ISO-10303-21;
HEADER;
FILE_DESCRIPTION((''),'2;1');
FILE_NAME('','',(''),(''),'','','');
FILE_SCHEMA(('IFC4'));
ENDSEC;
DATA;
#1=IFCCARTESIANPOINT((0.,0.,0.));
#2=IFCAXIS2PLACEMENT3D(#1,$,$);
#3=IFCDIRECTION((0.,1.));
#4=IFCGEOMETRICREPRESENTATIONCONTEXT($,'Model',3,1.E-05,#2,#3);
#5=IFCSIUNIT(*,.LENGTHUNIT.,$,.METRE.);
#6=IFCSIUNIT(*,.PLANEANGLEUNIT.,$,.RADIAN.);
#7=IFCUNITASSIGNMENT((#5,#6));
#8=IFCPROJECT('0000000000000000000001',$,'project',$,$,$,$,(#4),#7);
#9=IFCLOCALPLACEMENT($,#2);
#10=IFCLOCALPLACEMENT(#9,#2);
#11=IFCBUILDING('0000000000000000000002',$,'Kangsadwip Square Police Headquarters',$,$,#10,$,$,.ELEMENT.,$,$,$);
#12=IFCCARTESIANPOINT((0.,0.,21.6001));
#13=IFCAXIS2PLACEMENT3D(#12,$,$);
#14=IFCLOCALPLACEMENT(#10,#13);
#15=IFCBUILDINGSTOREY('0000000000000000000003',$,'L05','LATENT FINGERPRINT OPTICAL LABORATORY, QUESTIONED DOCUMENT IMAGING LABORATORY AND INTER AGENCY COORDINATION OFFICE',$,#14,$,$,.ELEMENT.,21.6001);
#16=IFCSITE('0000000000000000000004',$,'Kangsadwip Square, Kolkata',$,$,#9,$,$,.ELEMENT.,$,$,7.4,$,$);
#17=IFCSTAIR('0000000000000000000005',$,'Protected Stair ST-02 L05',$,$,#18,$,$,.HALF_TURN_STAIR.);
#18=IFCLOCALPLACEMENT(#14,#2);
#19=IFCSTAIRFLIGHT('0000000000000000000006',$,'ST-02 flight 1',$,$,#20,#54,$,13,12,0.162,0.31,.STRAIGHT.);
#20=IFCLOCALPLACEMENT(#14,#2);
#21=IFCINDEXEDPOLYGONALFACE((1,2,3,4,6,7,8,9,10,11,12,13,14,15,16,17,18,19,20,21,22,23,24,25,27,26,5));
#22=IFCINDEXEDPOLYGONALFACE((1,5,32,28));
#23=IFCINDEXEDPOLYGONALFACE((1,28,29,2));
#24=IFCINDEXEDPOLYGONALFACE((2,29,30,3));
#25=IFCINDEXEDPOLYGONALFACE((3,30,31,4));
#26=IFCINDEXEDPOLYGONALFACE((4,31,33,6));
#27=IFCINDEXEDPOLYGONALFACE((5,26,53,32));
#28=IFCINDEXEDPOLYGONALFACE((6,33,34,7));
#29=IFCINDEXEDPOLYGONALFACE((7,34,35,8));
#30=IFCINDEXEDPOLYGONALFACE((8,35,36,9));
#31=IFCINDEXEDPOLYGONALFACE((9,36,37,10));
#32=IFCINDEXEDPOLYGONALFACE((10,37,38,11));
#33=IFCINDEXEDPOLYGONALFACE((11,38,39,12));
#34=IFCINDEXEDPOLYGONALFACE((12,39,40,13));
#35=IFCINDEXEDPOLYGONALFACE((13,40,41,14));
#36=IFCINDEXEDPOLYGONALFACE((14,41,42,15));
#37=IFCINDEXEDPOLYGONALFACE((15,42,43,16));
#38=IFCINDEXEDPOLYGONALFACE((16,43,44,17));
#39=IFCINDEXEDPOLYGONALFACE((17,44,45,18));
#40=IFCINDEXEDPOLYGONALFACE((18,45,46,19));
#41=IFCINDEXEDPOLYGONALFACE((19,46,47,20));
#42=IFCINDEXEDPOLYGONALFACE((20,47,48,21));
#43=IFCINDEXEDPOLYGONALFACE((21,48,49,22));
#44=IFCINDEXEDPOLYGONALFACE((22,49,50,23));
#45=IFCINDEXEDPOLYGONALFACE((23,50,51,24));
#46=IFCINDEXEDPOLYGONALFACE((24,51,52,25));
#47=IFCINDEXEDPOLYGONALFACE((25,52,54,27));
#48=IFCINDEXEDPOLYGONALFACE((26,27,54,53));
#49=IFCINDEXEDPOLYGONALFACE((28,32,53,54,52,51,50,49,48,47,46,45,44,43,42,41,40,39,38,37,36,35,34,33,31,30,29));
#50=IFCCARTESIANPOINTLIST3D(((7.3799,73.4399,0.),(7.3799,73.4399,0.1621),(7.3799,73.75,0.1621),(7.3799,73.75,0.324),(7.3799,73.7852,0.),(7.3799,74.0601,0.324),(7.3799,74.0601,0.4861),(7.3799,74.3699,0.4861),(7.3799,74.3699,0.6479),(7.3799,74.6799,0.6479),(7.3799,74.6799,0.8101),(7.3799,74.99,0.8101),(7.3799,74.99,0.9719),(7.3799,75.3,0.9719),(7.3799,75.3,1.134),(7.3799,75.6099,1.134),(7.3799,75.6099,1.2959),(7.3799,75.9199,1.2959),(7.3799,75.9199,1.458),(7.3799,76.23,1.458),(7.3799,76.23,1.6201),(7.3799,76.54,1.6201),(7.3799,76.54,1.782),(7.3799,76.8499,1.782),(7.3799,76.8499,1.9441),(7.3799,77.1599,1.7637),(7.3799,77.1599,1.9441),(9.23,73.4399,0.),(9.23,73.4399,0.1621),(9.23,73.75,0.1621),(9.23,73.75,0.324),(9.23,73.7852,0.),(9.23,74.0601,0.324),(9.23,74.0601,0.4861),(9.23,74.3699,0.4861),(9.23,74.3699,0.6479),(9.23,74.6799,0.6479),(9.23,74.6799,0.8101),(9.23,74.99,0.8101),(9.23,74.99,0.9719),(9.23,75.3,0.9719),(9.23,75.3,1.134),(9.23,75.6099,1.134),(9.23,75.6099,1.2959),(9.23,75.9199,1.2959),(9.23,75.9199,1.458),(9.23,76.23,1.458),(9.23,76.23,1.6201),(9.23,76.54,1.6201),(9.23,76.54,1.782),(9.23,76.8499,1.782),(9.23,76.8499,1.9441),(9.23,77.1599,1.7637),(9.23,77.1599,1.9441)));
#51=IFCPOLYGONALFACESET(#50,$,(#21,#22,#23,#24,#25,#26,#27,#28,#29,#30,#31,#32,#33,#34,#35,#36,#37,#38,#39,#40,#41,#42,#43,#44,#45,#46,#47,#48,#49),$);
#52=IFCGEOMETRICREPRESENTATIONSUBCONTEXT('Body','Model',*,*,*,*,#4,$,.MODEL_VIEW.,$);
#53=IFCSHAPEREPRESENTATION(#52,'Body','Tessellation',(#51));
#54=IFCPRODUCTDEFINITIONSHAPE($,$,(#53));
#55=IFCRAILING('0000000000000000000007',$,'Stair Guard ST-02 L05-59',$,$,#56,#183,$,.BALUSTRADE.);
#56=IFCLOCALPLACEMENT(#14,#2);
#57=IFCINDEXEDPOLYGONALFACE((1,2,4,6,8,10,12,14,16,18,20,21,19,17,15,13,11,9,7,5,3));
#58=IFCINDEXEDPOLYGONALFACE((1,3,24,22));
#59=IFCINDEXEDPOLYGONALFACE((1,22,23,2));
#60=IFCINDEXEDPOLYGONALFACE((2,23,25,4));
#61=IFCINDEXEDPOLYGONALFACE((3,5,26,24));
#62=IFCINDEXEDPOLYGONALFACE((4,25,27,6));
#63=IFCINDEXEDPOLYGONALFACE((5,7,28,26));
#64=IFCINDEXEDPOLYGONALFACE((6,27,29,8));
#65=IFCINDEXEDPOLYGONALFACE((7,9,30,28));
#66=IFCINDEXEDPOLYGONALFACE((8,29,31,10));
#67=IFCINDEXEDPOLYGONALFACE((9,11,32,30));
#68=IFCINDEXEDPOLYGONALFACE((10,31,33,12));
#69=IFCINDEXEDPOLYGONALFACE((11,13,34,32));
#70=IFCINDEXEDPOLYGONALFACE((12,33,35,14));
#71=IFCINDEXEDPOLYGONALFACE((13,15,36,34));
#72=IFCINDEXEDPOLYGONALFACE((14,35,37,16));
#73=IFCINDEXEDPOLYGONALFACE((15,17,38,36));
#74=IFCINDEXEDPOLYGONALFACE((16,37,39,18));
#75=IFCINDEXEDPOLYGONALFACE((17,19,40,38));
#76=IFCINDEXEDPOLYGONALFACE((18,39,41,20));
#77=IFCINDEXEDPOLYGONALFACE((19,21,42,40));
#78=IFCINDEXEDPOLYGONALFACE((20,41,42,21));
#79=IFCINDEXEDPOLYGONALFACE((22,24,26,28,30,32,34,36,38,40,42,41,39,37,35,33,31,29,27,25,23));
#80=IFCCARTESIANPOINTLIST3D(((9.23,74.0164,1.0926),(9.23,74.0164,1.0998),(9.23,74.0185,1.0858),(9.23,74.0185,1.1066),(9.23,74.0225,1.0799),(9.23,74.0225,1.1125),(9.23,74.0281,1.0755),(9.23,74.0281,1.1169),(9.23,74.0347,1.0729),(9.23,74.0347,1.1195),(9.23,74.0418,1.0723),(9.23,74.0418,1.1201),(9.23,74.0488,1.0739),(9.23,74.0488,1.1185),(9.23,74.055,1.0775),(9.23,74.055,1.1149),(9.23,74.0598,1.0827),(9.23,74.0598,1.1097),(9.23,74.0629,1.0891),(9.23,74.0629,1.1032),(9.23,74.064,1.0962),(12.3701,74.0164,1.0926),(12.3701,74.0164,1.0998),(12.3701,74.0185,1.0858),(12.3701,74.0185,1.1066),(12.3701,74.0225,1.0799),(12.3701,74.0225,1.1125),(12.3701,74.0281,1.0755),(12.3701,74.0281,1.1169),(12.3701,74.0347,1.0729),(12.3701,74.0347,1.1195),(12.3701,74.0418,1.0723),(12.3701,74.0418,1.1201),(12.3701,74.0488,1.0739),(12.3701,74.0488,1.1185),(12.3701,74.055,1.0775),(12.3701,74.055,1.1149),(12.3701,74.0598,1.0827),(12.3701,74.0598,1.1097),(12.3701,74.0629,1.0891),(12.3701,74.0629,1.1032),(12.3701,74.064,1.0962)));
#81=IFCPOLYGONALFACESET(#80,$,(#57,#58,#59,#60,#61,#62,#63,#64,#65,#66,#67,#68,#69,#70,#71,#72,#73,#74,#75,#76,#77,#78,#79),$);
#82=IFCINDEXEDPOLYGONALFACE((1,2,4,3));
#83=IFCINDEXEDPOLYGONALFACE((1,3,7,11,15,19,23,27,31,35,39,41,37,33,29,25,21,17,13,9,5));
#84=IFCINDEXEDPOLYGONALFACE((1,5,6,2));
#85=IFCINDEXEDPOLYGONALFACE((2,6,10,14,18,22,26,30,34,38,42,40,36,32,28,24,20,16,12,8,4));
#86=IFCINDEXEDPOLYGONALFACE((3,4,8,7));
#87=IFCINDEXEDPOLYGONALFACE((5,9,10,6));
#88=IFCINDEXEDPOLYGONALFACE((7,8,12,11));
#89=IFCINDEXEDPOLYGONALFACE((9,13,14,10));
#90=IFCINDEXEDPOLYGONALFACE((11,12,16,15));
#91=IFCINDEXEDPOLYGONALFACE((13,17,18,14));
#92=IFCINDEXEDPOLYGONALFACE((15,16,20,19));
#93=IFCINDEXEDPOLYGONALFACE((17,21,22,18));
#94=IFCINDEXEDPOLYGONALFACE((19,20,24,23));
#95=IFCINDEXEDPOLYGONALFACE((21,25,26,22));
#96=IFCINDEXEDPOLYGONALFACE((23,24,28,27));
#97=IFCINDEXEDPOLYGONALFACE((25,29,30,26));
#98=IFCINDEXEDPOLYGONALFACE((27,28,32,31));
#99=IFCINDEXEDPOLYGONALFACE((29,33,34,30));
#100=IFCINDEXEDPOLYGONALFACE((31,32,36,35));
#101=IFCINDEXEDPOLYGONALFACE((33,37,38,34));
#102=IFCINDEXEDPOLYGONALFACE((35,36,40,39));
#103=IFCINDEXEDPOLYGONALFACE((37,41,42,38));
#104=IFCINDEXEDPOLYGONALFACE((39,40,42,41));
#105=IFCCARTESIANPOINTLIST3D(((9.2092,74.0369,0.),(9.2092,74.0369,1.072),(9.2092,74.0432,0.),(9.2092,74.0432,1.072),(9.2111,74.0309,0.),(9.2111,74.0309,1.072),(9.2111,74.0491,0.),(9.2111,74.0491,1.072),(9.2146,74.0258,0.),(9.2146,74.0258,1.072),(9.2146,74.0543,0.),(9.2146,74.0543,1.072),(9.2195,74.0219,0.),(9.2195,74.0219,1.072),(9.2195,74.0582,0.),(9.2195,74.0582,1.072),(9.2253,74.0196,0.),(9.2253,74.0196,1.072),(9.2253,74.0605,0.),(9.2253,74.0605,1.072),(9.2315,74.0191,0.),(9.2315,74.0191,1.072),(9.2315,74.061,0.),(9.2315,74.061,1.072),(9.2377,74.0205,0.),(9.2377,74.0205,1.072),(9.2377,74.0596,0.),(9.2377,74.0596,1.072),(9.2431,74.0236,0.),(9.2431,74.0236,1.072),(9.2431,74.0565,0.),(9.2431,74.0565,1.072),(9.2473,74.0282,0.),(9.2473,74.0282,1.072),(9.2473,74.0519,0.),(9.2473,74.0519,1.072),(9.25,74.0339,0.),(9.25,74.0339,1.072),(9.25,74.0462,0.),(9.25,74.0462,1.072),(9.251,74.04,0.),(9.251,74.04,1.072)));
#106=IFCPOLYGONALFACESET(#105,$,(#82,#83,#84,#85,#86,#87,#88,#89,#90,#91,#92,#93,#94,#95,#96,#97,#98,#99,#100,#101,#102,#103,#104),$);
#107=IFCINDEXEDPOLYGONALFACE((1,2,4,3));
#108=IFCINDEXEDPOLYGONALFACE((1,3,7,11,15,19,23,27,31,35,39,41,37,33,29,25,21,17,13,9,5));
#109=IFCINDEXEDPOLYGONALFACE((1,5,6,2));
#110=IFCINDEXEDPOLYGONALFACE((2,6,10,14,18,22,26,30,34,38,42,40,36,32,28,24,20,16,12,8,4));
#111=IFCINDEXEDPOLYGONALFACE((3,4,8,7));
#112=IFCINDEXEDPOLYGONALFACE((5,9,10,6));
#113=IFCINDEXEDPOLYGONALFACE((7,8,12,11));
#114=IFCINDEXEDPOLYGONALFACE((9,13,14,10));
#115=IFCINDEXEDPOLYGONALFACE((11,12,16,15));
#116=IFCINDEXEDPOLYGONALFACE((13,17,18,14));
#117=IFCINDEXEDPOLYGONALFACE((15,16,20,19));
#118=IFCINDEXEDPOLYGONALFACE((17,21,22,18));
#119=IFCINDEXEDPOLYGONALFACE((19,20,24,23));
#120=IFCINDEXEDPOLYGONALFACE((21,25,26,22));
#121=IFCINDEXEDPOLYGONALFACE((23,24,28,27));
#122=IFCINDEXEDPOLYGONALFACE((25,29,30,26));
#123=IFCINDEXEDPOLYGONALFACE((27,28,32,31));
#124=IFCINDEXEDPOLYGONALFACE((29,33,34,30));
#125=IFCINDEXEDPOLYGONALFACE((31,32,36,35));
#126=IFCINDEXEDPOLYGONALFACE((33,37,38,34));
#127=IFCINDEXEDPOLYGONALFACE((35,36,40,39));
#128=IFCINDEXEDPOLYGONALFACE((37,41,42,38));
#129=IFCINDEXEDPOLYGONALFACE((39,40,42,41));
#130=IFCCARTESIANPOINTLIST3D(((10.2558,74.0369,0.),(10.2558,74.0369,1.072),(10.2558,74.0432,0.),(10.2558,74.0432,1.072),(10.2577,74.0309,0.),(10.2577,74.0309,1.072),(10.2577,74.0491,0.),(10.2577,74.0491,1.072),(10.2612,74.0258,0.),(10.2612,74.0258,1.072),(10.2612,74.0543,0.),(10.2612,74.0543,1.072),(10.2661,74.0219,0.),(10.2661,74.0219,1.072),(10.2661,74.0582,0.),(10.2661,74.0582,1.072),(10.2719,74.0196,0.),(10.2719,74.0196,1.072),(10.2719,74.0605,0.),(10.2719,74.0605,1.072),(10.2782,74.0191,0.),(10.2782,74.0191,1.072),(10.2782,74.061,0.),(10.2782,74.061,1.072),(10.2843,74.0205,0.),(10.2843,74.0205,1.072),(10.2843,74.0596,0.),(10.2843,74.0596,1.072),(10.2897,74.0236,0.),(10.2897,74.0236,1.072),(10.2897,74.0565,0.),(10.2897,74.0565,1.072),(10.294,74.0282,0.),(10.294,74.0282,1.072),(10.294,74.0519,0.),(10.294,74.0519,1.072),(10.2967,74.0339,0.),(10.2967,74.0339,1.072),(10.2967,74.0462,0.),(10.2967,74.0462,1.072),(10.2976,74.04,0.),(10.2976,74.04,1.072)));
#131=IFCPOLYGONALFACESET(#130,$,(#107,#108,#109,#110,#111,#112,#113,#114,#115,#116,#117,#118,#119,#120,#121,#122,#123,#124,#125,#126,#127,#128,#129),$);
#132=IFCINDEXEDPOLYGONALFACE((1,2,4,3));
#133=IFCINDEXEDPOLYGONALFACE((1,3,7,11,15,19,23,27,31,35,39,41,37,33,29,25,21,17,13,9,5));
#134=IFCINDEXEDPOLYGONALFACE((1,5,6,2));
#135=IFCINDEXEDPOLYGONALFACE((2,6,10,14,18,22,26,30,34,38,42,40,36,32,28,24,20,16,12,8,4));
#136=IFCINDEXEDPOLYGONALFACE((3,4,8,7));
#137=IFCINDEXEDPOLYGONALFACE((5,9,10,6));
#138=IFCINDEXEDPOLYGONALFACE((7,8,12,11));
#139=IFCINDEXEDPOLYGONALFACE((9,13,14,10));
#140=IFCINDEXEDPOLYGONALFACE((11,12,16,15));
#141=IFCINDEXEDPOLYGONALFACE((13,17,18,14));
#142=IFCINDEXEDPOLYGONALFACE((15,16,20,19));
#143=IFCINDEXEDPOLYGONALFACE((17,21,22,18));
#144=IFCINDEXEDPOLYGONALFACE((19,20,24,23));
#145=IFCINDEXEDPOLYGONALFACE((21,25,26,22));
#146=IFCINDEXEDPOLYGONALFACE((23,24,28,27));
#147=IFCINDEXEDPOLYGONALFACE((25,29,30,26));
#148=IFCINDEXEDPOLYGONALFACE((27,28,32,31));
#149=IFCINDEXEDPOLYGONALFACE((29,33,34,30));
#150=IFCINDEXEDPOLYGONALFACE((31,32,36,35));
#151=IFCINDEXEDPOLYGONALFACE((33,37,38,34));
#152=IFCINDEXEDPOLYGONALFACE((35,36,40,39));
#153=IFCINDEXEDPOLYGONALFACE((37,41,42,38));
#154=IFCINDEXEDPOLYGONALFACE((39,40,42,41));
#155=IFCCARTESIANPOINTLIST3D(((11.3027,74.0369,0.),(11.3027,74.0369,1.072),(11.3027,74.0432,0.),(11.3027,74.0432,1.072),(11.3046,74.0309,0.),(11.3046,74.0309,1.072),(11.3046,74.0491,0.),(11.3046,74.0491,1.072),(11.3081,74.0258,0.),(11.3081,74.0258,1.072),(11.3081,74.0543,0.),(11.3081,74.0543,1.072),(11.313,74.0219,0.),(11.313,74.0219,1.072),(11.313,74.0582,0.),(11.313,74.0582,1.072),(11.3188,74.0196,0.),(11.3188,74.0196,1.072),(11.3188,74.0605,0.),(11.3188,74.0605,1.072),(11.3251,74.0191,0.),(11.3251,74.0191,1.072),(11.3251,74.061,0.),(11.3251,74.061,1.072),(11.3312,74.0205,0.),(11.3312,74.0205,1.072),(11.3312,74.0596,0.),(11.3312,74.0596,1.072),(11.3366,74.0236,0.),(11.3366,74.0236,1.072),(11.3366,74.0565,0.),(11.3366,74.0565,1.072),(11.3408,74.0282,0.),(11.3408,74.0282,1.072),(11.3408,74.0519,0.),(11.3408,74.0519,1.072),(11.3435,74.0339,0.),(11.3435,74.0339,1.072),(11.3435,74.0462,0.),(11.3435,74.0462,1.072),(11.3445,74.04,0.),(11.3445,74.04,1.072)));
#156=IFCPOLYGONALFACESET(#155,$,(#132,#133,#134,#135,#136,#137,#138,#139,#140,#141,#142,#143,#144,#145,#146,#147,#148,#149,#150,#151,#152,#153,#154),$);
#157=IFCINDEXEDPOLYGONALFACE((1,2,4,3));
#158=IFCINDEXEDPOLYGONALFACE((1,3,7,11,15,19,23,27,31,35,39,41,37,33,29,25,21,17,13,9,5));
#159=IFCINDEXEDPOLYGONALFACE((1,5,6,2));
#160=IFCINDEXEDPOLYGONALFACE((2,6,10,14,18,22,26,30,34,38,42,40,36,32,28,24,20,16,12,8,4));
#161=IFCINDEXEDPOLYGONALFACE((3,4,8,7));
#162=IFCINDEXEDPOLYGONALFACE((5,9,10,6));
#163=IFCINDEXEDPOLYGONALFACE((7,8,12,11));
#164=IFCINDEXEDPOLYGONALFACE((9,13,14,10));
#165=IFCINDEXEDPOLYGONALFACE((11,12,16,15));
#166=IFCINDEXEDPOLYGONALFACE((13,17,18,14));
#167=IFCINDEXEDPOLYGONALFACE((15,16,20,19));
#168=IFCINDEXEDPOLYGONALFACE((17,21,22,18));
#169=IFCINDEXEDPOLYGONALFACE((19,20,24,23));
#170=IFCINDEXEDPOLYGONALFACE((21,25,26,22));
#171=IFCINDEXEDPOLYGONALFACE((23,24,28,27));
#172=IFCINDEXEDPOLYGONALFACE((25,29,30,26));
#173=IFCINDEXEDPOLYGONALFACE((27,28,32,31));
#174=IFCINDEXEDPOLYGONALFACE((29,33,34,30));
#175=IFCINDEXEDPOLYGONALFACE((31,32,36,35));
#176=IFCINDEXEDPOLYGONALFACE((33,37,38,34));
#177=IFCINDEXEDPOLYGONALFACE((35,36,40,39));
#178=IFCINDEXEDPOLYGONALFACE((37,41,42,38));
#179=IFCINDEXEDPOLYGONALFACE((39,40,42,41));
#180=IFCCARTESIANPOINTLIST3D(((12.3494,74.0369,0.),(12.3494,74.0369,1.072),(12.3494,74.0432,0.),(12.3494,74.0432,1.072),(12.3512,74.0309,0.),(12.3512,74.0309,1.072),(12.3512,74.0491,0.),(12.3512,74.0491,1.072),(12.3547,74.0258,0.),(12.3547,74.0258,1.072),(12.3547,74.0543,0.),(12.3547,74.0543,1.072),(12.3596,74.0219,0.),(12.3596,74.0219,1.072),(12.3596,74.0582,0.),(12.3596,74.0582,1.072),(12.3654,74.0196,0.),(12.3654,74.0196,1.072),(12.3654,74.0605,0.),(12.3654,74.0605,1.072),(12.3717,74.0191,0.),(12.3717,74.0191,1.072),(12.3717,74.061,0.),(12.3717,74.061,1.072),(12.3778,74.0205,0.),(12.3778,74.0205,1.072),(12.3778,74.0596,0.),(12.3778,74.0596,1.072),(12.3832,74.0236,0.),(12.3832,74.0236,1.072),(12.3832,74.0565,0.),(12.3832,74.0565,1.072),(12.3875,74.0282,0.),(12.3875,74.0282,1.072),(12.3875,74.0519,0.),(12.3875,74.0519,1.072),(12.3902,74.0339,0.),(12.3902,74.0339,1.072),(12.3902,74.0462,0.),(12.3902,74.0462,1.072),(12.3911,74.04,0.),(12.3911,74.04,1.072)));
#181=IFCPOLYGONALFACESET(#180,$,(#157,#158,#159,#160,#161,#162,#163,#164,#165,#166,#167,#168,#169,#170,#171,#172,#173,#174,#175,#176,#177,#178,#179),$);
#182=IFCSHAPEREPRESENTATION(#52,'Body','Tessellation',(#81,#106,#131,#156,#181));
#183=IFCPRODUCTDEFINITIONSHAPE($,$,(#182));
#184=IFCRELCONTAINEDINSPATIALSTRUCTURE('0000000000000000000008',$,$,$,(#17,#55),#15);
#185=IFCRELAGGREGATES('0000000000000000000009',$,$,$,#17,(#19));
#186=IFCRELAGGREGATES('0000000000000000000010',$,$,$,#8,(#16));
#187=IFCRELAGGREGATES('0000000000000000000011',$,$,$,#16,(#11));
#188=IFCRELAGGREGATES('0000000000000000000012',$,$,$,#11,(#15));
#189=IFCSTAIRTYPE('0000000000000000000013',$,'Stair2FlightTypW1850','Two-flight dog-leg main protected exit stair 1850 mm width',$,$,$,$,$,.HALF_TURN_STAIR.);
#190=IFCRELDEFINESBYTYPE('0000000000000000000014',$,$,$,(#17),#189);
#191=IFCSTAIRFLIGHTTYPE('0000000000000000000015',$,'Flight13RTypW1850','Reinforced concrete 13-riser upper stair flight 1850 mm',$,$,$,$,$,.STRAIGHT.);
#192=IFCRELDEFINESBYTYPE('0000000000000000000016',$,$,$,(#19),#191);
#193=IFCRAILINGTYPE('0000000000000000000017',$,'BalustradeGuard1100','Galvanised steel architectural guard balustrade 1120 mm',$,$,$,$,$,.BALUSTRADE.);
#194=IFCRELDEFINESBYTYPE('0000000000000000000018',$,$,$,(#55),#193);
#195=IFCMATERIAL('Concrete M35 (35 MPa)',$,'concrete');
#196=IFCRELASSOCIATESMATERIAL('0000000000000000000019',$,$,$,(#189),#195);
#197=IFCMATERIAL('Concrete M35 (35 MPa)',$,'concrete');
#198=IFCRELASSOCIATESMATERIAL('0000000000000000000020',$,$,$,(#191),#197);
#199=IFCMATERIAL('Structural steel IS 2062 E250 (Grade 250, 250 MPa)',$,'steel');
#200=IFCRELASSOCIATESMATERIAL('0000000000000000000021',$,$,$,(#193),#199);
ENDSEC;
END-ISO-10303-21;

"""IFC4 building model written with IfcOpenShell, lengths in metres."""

from ifc_helpers import new_model, si_unit, direction, frame, origin, origin_2d, place, context, subcontext, project, spatial, polyline, circle, outline, extrude, material, type_object, element, aggregate, save


model = new_model("IFC4")

# Units and contexts
model_context = context("Model", 3, precision=1e-05, world=origin(), true_north=direction((0.0, 1.0)))
body_context = subcontext(model_context, "Body", "Model", "MODEL_VIEW")
ifc_project = project(units=[si_unit("LENGTHUNIT", "METRE"), si_unit("PLANEANGLEUNIT", "RADIAN")], contexts=[model_context])

# Site, building, storey
site_placement = place(None, origin())
site = spatial("IfcSite", under=ifc_project, at=site_placement, Name="Kangsadwip Square, Kolkata", CompositionType="ELEMENT", RefElevation=7.4)
building_placement = place(site_placement, origin())
building = spatial("IfcBuilding", under=site, at=building_placement, Name="Kangsadwip Square Police Headquarters", CompositionType="ELEMENT")
storey_placement = place(building_placement, frame((0.0, 0.0, 21.6001)))
storey = spatial("IfcBuildingStorey", under=building, at=storey_placement, Name="L05", Description="LATENT FINGERPRINT OPTICAL LABORATORY, QUESTIONED DOCUMENT IMAGING LABORATORY AND INTER AGENCY COORDINATION OFFICE", CompositionType="ELEMENT", Elevation=21.6001)

# Stair, stair flight
ifc_material_1 = material(Name="Concrete M35 (35 MPa)", Category="concrete")
stair_type = type_object("IfcStairType", Name="Stair2FlightTypW1850", Description="Two-flight dog-leg main protected exit stair 1850 mm width", PredefinedType="HALF_TURN_STAIR", material=ifc_material_1)
stair_placement = place(storey_placement, origin())
stair = element("IfcStair", 1, at=stair_placement, inside=storey, type_object=stair_type, Name="Protected Stair ST-02 L05", PredefinedType="HALF_TURN_STAIR")
ifc_material_2 = material(Name="Concrete M35 (35 MPa)", Category="concrete")
stair_flight_type = type_object("IfcStairFlightType", Name="Flight13RTypW1850", Description="Reinforced concrete 13-riser upper stair flight 1850 mm", PredefinedType="STRAIGHT", material=ifc_material_2)
stair_flight_placement = place(storey_placement, frame((8.3049, 73.4399, 0.0), z_axis=(0.0, 0.0, 1.0), x_axis=(0.0, 1.0, 0.0)))
stair_flight = element("IfcStairFlight", 2, at=stair_flight_placement, type_object=stair_flight_type, Name="ST-02 flight 1", NumberOfRisers=13, NumberOfTreads=12, PredefinedType="STRAIGHT", RiserHeight=0.162, TreadLength=0.31, context=body_context, shape_type="SweptSolid", body=[
    extrude(outline(polyline([(0.0, 0.0), (0.0, 0.1621), (0.3101, 0.1621), (0.3101, 0.324), (0.6201, 0.324), (0.6201, 0.4861), (0.9299, 0.4861), (0.9299, 0.6479), (1.24, 0.6479), (1.24, 0.8101), (1.55, 0.8101), (1.55, 0.9719), (1.8601, 0.9719), (1.8601, 1.134), (2.1699, 1.134), (2.1699, 1.2959), (2.48, 1.2959), (2.48, 1.458), (2.79, 1.458), (2.79, 1.6201), (3.1001, 1.6201), (3.1001, 1.782), (3.4099, 1.782), (3.4099, 1.9441), (3.72, 1.9441), (3.72, 2.106), (3.72, 1.7637), (0.3452, 0.0), (0.0, 0.0)])), frame((0.0, 0.925, 0.0), z_axis=(0.0, -1.0, 0.0), x_axis=(1.0, 0.0, 0.0)), (0.0, 0.0, 1.0), 1.8501),
])
aggregate(stair, [stair_flight])

# Railing
ifc_material_3 = material(Name="Structural steel IS 2062 E250 (Grade 250, 250 MPa)", Category="steel")
railing_type_1 = type_object("IfcRailingType", Name="BalustradeGuard1100", Description="Galvanised steel architectural guard balustrade 1120 mm", PredefinedType="BALUSTRADE", material=ifc_material_3)
railing_1_placement = place(storey_placement, frame((9.23, 74.04, 0.0)))
element("IfcRailing", 3, at=railing_1_placement, inside=storey, type_object=railing_type_1, Name="Stair Guard ST-02 L05-59", PredefinedType="BALUSTRADE", context=body_context, shape_type="SweptSolid", body=[
    extrude(circle(Radius=0.0239, at=origin_2d()), frame((0.0, 0.0, 1.0962), z_axis=(1.0, 0.0, 0.0), x_axis=(0.0, 1.0, 0.0)), (0.0, 0.0, 1.0), 3.1401),
    extrude(circle(Radius=0.021, at=origin_2d()), origin(), (0.0, 0.0, 1.0), 1.072),
    extrude(circle(Radius=0.021, at=origin_2d()), frame((1.0466, 0.0, 0.0)), (0.0, 0.0, 1.0), 1.072),
    extrude(circle(Radius=0.021, at=origin_2d()), frame((2.0935, 0.0, 0.0)), (0.0, 0.0, 1.0), 1.072),
    extrude(circle(Radius=0.021, at=origin_2d()), frame((3.1401, 0.0, 0.0)), (0.0, 0.0, 1.0), 1.072),
])

save(model, "model.ifc")
